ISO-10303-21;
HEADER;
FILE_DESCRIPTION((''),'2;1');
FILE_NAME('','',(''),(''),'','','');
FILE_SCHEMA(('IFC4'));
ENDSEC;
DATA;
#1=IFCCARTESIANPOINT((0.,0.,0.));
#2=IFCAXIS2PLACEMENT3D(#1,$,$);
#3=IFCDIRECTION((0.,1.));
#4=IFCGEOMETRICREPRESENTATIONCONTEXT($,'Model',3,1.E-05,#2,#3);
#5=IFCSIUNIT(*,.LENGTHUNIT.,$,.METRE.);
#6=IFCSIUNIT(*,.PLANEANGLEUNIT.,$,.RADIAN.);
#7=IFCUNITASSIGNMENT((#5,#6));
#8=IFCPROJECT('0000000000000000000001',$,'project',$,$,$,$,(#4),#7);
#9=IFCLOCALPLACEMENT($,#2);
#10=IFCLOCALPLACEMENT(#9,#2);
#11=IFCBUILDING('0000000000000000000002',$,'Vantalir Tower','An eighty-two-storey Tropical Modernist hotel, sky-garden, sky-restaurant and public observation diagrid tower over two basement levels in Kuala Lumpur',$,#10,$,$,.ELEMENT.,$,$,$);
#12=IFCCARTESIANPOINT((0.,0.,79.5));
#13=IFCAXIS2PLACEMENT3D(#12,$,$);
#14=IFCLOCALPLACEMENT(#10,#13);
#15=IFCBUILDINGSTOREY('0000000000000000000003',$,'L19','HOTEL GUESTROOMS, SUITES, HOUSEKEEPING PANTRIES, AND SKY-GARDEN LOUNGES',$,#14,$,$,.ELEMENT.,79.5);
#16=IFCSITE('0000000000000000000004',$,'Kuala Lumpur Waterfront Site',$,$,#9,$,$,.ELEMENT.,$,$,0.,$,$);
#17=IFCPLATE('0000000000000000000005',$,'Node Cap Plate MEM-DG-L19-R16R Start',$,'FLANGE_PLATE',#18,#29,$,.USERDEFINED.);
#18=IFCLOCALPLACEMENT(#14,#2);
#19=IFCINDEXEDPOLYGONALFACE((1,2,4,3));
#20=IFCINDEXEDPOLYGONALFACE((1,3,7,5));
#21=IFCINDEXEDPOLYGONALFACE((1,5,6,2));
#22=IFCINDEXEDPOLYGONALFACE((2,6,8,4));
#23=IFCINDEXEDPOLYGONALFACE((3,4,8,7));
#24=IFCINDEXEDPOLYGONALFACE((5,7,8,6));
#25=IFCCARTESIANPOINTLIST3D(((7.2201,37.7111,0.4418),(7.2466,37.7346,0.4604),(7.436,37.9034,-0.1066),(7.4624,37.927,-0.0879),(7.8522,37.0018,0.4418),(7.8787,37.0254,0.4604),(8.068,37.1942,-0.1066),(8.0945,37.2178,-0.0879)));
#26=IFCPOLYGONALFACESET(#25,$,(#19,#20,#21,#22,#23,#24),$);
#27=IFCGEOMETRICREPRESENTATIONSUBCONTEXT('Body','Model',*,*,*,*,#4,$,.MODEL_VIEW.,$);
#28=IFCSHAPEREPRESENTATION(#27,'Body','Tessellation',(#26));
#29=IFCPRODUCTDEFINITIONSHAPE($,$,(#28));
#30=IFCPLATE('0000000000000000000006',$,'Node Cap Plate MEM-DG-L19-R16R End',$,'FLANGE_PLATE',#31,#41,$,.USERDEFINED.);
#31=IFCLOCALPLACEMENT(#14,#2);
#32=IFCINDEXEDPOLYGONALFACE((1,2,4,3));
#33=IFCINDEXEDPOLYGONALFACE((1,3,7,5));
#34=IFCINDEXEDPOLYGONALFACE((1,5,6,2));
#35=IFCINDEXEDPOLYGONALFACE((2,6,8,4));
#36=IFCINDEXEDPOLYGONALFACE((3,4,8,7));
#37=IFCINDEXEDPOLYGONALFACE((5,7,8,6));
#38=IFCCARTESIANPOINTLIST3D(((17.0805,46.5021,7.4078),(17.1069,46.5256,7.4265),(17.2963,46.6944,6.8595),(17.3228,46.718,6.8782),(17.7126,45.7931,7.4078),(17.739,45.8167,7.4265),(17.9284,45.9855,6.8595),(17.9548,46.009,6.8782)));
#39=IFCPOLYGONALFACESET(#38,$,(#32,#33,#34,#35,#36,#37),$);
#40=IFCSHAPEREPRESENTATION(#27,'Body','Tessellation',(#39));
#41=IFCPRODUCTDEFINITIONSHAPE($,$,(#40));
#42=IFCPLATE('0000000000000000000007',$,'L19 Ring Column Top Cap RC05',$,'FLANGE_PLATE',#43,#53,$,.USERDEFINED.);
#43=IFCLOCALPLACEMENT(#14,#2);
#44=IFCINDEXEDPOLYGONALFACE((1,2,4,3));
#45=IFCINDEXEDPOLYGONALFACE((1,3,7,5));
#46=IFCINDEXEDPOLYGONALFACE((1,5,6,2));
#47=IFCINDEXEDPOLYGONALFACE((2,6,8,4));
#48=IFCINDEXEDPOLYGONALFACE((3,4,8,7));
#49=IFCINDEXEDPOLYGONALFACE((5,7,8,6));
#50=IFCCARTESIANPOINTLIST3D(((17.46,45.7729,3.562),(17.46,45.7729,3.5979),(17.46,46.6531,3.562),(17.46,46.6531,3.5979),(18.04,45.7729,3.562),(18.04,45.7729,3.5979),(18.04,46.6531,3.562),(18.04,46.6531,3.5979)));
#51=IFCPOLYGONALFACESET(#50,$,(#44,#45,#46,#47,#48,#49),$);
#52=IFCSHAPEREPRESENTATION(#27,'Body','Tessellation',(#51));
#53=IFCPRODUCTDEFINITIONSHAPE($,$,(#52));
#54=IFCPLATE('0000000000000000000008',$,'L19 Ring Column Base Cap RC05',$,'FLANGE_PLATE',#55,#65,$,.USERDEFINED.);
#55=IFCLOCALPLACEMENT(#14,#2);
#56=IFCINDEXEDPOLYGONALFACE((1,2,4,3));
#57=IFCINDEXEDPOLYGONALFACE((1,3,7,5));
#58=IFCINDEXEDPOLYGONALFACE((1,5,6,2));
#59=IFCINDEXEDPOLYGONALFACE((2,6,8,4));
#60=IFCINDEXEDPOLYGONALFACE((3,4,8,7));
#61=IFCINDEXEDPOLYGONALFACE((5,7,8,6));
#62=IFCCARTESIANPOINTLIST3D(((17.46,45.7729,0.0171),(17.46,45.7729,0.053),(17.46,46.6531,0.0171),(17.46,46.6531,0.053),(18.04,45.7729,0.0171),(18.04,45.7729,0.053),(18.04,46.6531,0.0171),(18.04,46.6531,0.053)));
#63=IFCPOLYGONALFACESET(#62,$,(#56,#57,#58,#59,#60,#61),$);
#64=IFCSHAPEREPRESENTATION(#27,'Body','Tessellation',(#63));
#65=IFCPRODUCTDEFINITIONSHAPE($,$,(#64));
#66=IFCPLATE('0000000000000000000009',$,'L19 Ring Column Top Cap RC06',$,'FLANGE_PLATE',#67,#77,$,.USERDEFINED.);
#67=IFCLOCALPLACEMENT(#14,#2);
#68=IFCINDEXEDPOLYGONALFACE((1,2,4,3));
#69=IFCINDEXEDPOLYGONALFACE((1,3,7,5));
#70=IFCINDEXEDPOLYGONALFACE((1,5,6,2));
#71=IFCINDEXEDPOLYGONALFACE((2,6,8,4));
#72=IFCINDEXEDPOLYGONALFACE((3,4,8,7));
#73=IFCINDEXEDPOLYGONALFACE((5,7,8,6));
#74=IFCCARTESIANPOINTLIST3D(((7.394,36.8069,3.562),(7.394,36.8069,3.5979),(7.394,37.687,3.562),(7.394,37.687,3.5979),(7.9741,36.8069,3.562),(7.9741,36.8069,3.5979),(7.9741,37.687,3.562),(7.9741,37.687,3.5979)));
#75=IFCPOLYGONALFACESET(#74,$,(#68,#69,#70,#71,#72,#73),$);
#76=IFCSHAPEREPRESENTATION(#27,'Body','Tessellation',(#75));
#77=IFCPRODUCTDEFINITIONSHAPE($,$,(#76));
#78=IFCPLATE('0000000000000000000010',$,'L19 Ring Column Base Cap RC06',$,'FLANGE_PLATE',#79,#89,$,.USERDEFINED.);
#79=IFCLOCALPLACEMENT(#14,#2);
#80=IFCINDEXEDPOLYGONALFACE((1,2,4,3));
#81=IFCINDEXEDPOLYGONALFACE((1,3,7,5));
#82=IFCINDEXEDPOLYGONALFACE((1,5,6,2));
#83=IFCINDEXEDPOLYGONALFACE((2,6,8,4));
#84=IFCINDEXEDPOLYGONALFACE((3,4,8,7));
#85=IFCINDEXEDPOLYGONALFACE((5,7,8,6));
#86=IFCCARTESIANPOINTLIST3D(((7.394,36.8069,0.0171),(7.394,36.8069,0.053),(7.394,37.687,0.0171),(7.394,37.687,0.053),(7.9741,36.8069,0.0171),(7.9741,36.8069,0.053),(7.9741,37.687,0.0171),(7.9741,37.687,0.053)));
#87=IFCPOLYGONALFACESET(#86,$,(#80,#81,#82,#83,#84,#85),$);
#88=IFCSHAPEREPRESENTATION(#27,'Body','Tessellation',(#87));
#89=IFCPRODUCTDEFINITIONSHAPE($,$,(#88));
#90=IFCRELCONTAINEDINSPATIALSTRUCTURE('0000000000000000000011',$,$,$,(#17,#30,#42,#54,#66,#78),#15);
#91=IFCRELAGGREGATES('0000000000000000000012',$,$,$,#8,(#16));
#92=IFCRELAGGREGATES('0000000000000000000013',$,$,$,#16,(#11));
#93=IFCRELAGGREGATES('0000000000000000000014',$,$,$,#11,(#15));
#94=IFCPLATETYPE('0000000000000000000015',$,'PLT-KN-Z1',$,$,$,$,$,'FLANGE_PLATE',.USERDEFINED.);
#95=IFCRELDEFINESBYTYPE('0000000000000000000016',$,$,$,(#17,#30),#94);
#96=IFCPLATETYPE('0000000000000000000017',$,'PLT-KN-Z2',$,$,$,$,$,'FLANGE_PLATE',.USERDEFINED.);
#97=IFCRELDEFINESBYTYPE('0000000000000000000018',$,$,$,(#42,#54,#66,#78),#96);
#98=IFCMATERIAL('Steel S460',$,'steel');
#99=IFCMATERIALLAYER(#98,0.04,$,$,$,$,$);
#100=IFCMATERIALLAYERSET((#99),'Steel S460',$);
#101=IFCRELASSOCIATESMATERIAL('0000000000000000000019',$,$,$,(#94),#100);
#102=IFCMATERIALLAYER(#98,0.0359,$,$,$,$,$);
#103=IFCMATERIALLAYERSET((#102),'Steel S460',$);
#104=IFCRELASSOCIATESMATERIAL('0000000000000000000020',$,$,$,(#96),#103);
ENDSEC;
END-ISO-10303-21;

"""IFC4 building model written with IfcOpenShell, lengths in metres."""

from ifc_helpers import new_model, si_unit, direction, frame, origin, place, context, subcontext, project, spatial, polyline, outline, extrude, material, layer, layer_set, type_object, element, save


model = new_model("IFC4")

# Units and contexts
model_context = context("Model", 3, precision=1e-05, world=origin(), true_north=direction((0.0, 1.0)))
body_context = subcontext(model_context, "Body", "Model", "MODEL_VIEW")
ifc_project = project(units=[si_unit("LENGTHUNIT", "METRE"), si_unit("PLANEANGLEUNIT", "RADIAN")], contexts=[model_context])

# Site, building, storey
site_placement = place(None, origin())
site = spatial("IfcSite", under=ifc_project, at=site_placement, Name="Kuala Lumpur Waterfront Site", CompositionType="ELEMENT", RefElevation=0.0)
building_placement = place(site_placement, origin())
building = spatial("IfcBuilding", under=site, at=building_placement, Name="Vantalir Tower", Description="An eighty-two-storey Tropical Modernist hotel, sky-garden, sky-restaurant and public observation diagrid tower over two basement levels in Kuala Lumpur", CompositionType="ELEMENT")
storey_placement = place(building_placement, frame((0.0, 0.0, 79.5)))
storey = spatial("IfcBuildingStorey", under=building, at=storey_placement, Name="L19", Description="HOTEL GUESTROOMS, SUITES, HOUSEKEEPING PANTRIES, AND SKY-GARDEN LOUNGES", CompositionType="ELEMENT", Elevation=79.5)

# Shared definitions
ifc_material_1 = material(Name="Steel S460", Category="steel")

# Plates
ifc_layer_1 = layer(ifc_material_1, 0.04)
ifc_layer_set_1 = layer_set([ifc_layer_1], Name="Steel S460")
plate_type_1 = type_object("IfcPlateType", Name="PLT-KN-Z1", ElementType="FLANGE_PLATE", PredefinedType="USERDEFINED", material=ifc_layer_set_1)
plate_1_placement = place(storey_placement, frame((8.0945, 37.2178, -0.0879), z_axis=(0.660373, 0.588539, 0.466402), x_axis=(-0.665336, 0.746544, 0.0)))
element("IfcPlate", 1, at=plate_1_placement, inside=storey, type_object=plate_type_1, Name="Node Cap Plate MEM-DG-L19-R16R Start", ObjectType="FLANGE_PLATE", PredefinedType="USERDEFINED", context=body_context, shape_type="SweptSolid", body=[
    extrude(outline(polyline([(0.0, 0.0), (0.95, 0.0), (0.95, 0.6199), (0.0, 0.6199), (0.0, 0.0)])), origin(), (0.0, 0.0, -1.0), 0.04),
])
plate_2_placement = place(storey_placement, frame((17.9548, 46.009, 6.8782), z_axis=(0.660272, 0.588652, 0.466402), x_axis=(-0.665464, 0.74643, 0.0)))
element("IfcPlate", 2, at=plate_2_placement, inside=storey, type_object=plate_type_1, Name="Node Cap Plate MEM-DG-L19-R16R End", ObjectType="FLANGE_PLATE", PredefinedType="USERDEFINED", context=body_context, shape_type="SweptSolid", body=[
    extrude(outline(polyline([(0.0, 0.0), (0.9498, 0.0), (0.9499, 0.6199), (0.0, 0.6199), (0.0, 0.0)])), origin(), (0.0, 0.0, -1.0), 0.04),
])
ifc_layer_2 = layer(ifc_material_1, 0.0359)
ifc_layer_set_2 = layer_set([ifc_layer_2], Name="Steel S460")
plate_type_2 = type_object("IfcPlateType", Name="PLT-KN-Z2", ElementType="FLANGE_PLATE", PredefinedType="USERDEFINED", material=ifc_layer_set_2)
for number, where, z_axis, x_axis, name in (
    (3, (17.46, 46.6531, 3.5979), (0.0, 0.0, 1.0), (0.0, -1.0, 0.0), "L19 Ring Column Top Cap RC05"),
    (4, (17.46, 46.6531, 0.053), (0.0, 0.0, 1.0), (0.0, -1.0, 0.0), "L19 Ring Column Base Cap RC05"),
    (5, (7.394, 37.687, 3.5979), (0.0, 0.0, 1.0), (0.0, -1.0, 0.0), "L19 Ring Column Top Cap RC06"),
    (6, (7.394, 37.687, 0.053), (0.0, 0.0, 1.0), (0.0, -1.0, 0.0), "L19 Ring Column Base Cap RC06"),
):
    element("IfcPlate", number, at=place(storey_placement, frame(where, z_axis=z_axis, x_axis=x_axis)), inside=storey, type_object=plate_type_2, Name=name, ObjectType="FLANGE_PLATE", PredefinedType="USERDEFINED", context=body_context, shape_type="SweptSolid", body=[
        extrude(outline(polyline([(0.0, 0.0), (0.8801, 0.0), (0.8801, 0.5801), (0.0, 0.5801), (0.0, 0.0)])), origin(), (0.0, 0.0, -1.0), 0.0359),
    ])

save(model, "model.ifc")
